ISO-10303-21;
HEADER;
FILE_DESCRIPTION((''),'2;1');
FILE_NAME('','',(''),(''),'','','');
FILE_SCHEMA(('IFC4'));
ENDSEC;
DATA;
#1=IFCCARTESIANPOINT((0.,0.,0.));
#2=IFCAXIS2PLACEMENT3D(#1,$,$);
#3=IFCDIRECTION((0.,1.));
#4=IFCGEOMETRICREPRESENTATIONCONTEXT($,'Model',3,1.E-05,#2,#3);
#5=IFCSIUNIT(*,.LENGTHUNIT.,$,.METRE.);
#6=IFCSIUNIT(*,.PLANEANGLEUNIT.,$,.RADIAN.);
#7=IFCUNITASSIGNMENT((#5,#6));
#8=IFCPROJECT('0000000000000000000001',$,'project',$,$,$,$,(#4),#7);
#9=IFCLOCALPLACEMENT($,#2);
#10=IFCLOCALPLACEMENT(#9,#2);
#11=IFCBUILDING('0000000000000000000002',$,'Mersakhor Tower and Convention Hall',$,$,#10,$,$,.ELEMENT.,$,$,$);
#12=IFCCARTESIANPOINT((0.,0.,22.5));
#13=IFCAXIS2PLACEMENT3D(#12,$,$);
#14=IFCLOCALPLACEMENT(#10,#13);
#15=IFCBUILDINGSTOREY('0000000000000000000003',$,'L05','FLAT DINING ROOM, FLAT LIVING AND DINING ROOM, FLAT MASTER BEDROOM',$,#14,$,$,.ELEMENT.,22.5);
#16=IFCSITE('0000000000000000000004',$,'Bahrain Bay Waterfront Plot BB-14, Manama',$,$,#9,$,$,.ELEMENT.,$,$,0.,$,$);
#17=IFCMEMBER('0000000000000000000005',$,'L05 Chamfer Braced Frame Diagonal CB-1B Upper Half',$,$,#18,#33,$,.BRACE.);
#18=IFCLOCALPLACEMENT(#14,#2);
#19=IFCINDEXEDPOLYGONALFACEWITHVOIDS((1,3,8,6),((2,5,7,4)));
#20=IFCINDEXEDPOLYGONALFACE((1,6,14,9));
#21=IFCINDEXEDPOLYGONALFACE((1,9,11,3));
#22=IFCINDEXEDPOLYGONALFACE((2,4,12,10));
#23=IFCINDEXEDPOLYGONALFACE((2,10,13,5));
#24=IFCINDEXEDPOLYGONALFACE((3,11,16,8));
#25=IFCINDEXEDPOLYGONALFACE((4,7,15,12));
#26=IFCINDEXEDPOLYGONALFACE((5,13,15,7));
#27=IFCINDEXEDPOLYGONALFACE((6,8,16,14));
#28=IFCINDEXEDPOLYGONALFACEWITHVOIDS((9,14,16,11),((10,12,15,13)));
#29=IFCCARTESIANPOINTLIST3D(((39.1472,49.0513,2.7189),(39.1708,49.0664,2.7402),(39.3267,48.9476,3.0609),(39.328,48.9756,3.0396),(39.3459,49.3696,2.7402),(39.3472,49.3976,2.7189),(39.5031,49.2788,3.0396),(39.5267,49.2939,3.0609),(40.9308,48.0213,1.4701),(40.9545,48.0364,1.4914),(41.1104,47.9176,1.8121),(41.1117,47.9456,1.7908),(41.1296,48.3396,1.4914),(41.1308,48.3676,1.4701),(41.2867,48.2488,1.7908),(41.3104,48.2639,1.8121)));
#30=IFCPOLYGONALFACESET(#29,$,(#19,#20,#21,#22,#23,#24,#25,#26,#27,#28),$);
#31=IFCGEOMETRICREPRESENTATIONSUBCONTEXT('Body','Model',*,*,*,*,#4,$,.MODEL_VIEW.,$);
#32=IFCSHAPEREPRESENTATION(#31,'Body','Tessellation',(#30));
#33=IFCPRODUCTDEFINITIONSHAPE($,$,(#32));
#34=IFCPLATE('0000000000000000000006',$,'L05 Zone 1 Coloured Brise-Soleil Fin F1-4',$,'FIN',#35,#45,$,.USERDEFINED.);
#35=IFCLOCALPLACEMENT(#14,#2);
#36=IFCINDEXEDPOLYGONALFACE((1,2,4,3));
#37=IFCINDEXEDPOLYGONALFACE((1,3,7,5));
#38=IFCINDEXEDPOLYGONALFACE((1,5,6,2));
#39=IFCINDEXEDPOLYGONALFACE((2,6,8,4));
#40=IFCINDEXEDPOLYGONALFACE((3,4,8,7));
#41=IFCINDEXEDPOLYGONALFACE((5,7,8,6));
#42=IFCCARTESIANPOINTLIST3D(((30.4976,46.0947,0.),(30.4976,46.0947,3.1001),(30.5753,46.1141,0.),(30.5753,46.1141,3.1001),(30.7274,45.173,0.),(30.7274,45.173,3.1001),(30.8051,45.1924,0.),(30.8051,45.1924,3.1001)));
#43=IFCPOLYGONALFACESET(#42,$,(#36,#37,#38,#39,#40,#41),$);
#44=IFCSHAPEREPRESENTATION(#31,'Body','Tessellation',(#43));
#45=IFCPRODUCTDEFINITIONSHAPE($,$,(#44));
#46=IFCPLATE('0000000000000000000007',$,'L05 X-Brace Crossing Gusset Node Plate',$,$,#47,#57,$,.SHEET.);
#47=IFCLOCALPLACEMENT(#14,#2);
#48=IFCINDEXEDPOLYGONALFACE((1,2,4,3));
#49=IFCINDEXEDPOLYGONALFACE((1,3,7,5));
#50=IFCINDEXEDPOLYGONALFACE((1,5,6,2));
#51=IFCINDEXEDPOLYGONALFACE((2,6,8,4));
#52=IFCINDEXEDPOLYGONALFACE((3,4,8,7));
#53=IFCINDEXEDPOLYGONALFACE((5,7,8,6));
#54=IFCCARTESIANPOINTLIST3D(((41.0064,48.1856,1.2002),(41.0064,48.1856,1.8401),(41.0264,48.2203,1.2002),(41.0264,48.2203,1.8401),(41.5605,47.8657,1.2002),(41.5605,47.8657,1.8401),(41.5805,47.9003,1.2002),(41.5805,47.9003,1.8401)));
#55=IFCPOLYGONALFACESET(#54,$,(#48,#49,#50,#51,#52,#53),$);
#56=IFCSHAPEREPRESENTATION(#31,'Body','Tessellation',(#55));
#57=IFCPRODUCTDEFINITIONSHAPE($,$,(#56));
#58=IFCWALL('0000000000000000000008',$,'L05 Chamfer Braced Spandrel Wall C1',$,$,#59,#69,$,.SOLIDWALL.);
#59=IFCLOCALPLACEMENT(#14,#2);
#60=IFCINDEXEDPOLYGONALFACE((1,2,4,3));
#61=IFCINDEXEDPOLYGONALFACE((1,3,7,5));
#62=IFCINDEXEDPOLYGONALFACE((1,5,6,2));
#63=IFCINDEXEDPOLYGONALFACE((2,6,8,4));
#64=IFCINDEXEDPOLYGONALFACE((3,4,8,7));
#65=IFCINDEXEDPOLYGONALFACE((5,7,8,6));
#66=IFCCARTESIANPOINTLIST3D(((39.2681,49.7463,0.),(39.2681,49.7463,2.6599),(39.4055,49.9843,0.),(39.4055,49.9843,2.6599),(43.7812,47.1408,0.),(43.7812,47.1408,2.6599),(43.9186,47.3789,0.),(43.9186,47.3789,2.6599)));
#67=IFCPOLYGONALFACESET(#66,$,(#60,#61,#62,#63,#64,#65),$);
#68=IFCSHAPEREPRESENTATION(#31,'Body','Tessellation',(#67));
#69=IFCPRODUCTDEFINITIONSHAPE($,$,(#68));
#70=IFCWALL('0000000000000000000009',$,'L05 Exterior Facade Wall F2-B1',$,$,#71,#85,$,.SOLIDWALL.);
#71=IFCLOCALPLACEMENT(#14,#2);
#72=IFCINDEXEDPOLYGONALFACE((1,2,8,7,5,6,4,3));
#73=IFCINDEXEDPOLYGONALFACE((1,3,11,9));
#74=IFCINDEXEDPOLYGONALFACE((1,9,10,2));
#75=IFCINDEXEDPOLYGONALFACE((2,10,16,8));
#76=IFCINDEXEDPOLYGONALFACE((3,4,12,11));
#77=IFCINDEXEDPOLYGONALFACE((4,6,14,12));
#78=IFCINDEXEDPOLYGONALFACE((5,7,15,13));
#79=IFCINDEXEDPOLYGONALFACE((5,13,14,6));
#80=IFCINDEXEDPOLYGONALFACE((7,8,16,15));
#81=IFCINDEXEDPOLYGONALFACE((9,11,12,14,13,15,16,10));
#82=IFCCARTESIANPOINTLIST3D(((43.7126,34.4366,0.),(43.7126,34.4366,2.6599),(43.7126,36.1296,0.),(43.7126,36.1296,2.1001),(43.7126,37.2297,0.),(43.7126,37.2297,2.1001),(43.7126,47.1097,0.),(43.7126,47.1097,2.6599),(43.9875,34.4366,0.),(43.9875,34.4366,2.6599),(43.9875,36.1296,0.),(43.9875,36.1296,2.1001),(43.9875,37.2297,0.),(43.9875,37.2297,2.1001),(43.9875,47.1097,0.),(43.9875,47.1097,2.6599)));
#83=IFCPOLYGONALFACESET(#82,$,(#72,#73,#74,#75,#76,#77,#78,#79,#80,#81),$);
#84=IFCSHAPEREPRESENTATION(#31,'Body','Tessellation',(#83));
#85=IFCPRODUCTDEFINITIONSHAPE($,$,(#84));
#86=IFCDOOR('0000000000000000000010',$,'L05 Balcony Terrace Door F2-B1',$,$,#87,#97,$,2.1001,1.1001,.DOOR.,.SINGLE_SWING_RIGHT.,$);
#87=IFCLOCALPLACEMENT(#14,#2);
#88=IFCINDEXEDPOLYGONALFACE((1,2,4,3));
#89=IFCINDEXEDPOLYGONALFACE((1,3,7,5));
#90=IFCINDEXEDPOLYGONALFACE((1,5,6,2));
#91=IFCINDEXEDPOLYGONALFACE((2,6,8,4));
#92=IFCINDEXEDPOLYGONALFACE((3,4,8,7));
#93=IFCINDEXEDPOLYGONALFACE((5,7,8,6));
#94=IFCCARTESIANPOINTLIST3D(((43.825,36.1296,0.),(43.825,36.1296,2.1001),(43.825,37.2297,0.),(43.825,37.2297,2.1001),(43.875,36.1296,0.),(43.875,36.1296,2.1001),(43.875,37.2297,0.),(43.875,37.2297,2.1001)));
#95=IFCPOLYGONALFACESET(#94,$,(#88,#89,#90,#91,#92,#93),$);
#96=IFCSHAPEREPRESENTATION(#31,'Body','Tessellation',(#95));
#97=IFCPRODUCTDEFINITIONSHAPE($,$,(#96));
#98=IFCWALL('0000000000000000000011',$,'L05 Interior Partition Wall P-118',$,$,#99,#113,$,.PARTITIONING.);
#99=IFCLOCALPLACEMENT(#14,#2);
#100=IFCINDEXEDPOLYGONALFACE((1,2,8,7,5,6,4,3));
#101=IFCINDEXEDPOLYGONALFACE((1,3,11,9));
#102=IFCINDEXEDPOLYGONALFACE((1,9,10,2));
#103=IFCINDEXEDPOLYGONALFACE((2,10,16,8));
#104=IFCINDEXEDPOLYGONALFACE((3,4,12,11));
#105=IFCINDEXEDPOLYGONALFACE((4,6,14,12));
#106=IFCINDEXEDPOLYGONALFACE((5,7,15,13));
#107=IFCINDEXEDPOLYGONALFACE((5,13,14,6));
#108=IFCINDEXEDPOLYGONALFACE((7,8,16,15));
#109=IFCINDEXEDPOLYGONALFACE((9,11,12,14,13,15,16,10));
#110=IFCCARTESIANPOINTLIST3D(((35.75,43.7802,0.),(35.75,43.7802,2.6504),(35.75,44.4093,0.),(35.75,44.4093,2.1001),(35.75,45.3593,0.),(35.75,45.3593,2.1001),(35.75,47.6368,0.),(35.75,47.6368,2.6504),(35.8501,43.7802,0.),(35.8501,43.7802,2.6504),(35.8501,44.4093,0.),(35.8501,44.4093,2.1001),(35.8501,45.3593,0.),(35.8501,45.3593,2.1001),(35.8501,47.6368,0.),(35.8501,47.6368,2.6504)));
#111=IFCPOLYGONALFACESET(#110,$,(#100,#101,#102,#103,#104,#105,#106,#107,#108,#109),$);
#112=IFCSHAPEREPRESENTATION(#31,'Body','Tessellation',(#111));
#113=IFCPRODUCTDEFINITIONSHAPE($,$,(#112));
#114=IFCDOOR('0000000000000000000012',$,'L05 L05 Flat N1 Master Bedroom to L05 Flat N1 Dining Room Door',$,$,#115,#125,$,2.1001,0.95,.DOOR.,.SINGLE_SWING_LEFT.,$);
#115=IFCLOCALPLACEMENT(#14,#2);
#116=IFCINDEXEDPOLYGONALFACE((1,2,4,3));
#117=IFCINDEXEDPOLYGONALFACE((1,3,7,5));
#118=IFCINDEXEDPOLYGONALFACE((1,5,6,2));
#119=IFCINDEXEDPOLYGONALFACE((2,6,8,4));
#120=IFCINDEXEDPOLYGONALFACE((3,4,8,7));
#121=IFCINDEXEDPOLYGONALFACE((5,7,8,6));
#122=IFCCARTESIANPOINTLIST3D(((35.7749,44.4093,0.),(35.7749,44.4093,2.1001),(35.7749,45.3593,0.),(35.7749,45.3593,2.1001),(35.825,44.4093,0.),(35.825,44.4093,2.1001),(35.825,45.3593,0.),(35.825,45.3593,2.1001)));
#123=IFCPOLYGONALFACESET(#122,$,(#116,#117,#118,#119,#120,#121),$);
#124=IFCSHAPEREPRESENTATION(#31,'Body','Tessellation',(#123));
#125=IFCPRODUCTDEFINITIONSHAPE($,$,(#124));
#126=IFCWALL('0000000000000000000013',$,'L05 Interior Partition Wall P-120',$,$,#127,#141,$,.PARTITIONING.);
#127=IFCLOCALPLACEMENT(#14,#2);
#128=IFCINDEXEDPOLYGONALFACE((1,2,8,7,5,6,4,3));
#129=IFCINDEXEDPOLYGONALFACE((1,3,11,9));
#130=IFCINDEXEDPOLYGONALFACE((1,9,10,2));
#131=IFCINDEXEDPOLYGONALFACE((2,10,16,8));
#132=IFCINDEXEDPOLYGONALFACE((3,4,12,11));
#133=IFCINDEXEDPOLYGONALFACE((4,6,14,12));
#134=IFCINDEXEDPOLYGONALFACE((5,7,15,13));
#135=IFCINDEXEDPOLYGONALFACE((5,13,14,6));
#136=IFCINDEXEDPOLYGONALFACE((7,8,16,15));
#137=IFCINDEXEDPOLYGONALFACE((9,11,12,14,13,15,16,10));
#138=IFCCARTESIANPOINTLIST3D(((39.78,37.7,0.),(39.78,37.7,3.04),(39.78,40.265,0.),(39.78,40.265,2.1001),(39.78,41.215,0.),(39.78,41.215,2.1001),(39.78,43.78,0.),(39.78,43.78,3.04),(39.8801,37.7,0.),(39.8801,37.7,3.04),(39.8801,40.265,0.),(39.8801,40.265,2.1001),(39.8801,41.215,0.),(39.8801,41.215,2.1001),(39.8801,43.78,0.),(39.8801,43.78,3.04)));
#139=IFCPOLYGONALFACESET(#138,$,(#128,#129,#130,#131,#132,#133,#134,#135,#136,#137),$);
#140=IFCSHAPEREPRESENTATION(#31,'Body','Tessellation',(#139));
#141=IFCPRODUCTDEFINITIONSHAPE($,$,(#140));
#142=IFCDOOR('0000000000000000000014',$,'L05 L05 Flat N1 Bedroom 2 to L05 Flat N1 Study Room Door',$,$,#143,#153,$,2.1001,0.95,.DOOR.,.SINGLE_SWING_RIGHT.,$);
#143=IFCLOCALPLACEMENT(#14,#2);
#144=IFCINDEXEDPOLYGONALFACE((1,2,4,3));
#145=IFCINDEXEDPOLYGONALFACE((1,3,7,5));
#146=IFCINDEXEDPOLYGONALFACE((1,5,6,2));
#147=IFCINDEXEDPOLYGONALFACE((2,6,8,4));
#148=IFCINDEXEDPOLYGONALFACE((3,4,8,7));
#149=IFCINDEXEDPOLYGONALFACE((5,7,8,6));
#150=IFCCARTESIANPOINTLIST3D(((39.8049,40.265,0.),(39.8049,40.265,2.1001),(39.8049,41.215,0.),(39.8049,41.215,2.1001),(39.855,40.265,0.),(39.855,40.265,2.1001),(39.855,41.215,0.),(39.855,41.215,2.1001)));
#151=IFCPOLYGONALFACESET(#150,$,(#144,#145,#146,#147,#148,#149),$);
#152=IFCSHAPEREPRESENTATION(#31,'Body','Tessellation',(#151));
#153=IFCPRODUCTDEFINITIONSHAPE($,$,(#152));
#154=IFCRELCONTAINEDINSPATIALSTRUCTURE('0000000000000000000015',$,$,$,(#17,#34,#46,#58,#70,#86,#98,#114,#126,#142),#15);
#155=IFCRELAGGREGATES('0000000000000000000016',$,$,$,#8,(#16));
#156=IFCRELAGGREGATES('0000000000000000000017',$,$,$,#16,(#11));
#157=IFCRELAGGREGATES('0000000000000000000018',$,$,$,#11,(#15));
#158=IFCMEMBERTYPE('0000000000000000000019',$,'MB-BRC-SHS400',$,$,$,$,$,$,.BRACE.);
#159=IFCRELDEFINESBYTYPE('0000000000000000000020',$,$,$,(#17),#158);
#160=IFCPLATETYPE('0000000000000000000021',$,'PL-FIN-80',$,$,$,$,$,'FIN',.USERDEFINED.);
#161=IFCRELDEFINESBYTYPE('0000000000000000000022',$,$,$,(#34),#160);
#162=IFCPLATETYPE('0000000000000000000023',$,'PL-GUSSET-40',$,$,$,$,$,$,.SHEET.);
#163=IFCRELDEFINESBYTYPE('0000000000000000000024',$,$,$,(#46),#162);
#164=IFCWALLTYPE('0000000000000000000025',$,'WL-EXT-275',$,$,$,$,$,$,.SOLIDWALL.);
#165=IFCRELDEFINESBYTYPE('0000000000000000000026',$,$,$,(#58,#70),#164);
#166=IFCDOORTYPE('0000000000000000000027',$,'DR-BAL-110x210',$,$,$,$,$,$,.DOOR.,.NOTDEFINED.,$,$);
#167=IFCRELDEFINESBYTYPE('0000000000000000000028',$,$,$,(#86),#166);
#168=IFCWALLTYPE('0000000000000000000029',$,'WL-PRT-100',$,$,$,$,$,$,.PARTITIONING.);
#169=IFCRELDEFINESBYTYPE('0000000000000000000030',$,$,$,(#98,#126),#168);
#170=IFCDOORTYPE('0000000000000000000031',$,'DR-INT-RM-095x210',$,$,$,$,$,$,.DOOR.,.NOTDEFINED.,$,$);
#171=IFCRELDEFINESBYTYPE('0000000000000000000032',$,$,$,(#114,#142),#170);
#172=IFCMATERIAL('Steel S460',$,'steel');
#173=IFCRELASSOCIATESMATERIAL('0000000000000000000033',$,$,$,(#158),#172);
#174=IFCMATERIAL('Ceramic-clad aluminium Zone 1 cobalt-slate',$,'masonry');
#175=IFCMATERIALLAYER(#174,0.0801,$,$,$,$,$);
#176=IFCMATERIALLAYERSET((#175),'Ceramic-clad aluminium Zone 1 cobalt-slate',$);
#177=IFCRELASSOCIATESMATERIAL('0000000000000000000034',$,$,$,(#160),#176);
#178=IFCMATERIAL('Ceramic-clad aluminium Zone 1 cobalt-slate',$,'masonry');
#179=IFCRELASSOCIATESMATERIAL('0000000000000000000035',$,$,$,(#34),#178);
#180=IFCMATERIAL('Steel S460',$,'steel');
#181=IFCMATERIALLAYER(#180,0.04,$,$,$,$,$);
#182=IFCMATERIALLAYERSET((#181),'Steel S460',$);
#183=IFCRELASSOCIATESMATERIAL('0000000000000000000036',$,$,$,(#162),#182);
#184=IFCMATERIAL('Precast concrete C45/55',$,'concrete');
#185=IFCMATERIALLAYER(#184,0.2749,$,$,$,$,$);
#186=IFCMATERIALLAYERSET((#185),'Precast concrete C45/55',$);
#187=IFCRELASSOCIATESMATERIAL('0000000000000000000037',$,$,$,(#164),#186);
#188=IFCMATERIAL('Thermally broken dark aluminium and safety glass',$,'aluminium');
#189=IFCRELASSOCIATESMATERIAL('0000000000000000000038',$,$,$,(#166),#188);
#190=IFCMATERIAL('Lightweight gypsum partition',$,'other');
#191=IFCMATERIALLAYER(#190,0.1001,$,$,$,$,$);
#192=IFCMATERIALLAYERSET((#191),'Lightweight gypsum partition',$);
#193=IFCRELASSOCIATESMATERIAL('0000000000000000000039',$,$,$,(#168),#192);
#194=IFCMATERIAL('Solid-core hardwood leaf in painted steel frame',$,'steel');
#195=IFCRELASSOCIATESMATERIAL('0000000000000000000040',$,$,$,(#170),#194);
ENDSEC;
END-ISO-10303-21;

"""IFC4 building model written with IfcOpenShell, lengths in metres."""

from ifc_helpers import new_model, si_unit, direction, frame, frame_2d, origin, origin_2d, place, context, subcontext, project, spatial, rectangle, hollow_rectangle, extrude, material, layer, layer_set, material_profile, profile_set, type_object, element, fill, save


model = new_model("IFC4")

# Units and contexts
model_context = context("Model", 3, precision=1e-05, world=origin(), true_north=direction((0.0, 1.0)))
body_context = subcontext(model_context, "Body", "Model", "MODEL_VIEW")
ifc_project = project(units=[si_unit("LENGTHUNIT", "METRE"), si_unit("PLANEANGLEUNIT", "RADIAN")], contexts=[model_context])

# Site, building, storey
site_placement = place(None, origin())
site = spatial("IfcSite", under=ifc_project, at=site_placement, Name="Bahrain Bay Waterfront Plot BB-14, Manama", CompositionType="ELEMENT", RefElevation=0.0)
building_placement = place(site_placement, origin())
building = spatial("IfcBuilding", under=site, at=building_placement, Name="Mersakhor Tower and Convention Hall", CompositionType="ELEMENT")
storey_placement = place(building_placement, frame((0.0, 0.0, 22.5)))
storey = spatial("IfcBuildingStorey", under=building, at=storey_placement, Name="L05", Description="FLAT DINING ROOM, FLAT LIVING AND DINING ROOM, FLAT MASTER BEDROOM", CompositionType="ELEMENT", Elevation=22.5)

# Member
ifc_material_1 = material(Name="Steel S460", Category="steel")
ifc_material_profile_1 = material_profile(ifc_material_1, hollow_rectangle(XDim=0.3999, YDim=0.3999, WallThickness=0.0249, at=origin_2d()), Name="SHS 400x400x25")
ifc_profile_set_1 = profile_set([ifc_material_profile_1], Name="Steel S460")
member_type = type_object("IfcMemberType", Name="MB-BRC-SHS400", PredefinedType="BRACE", material=ifc_profile_set_1)
for number, where, z_axis, x_axis, name in (
    (1, (41.1206, 48.1426, 1.6411), (-0.740512, 0.427624, 0.51844), (-0.500078, -0.86598, 0.0), "L05 Chamfer Braced Frame Diagonal CB-1B Upper Half"),
):
    element("IfcMember", number, at=place(storey_placement, frame(where, z_axis=z_axis, x_axis=x_axis)), inside=storey, type_object=member_type, Name=name, PredefinedType="BRACE", context=body_context, shape_type="SweptSolid", body=[
        extrude(hollow_rectangle(XDim=0.3999, YDim=0.3999, WallThickness=0.0249, at=origin_2d()), origin(), (0.0, 0.0, 1.0), 2.4087),
    ])

# Plates
ifc_material_2 = material(Name="Ceramic-clad aluminium Zone 1 cobalt-slate", Category="masonry")
ifc_material_3 = material(Name="Ceramic-clad aluminium Zone 1 cobalt-slate", Category="masonry")
ifc_layer_1 = layer(ifc_material_3, 0.0801)
ifc_layer_set_1 = layer_set([ifc_layer_1], Name="Ceramic-clad aluminium Zone 1 cobalt-slate")
plate_type_1 = type_object("IfcPlateType", Name="PL-FIN-80", ElementType="FIN", PredefinedType="USERDEFINED", material=ifc_layer_set_1)
plate_1_placement = place(storey_placement, frame((30.6514, 45.6436, 0.0), z_axis=(0.0, 0.0, 1.0), x_axis=(-0.241922, 0.970296, 0.0)))
element("IfcPlate", 2, at=plate_1_placement, inside=storey, type_object=plate_type_1, material=ifc_material_2, Name="L05 Zone 1 Coloured Brise-Soleil Fin F1-4", ObjectType="FIN", PredefinedType="USERDEFINED", context=body_context, shape_type="SweptSolid", body=[
    extrude(rectangle(XDim=0.95, YDim=0.0801, at=origin_2d()), origin(), (0.0, 0.0, 1.0), 3.1001),
])
ifc_material_4 = material(Name="Steel S460", Category="steel")
ifc_layer_2 = layer(ifc_material_4, 0.04)
ifc_layer_set_2 = layer_set([ifc_layer_2], Name="Steel S460")
plate_type_2 = type_object("IfcPlateType", Name="PL-GUSSET-40", PredefinedType="SHEET", material=ifc_layer_set_2)
plate_2_placement = place(storey_placement, frame((41.2935, 48.043, 1.2002), z_axis=(0.0, 0.0, 1.0), x_axis=(-0.866025, 0.5, 0.0)))
element("IfcPlate", 3, at=plate_2_placement, inside=storey, type_object=plate_type_2, Name="L05 X-Brace Crossing Gusset Node Plate", PredefinedType="SHEET", context=body_context, shape_type="SweptSolid", body=[
    extrude(rectangle(XDim=0.6399, YDim=0.04, at=origin_2d()), origin(), (0.0, 0.0, 1.0), 0.6399),
])

# Wall
ifc_material_5 = material(Name="Precast concrete C45/55", Category="concrete")
ifc_layer_3 = layer(ifc_material_5, 0.2749)
ifc_layer_set_3 = layer_set([ifc_layer_3], Name="Precast concrete C45/55")
wall_type_1 = type_object("IfcWallType", Name="WL-EXT-275", PredefinedType="SOLIDWALL", material=ifc_layer_set_3)
wall_1_placement = place(storey_placement, frame((39.3369, 49.8652, 0.0), z_axis=(0.0, 0.0, 1.0), x_axis=(0.866044, -0.499968, 0.0)))
element("IfcWall", 4, at=wall_1_placement, inside=storey, type_object=wall_type_1, Name="L05 Chamfer Braced Spandrel Wall C1", PredefinedType="SOLIDWALL", context=body_context, shape_type="SweptSolid", body=[
    extrude(rectangle(XDim=5.2112, YDim=0.2749, at=frame_2d((2.6055, 0.0))), origin(), (0.0, 0.0, 1.0), 2.6599),
])

# Walls, openings, doors
wall_2_placement = place(storey_placement, frame((43.8501, 47.1096, 0.0), z_axis=(0.0, 0.0, 1.0), x_axis=(0.0, -1.0, 0.0)))
wall_2 = element("IfcWall", 5, at=wall_2_placement, inside=storey, type_object=wall_type_1, Name="L05 Exterior Facade Wall F2-B1", PredefinedType="SOLIDWALL", context=body_context, shape_type="SweptSolid", body=[
    extrude(rectangle(XDim=12.6731, YDim=0.2749, at=frame_2d((6.3364, 0.0))), origin(), (0.0, 0.0, 1.0), 2.6599),
])
opening_1_placement = place(wall_2_placement, frame((9.8799, 0.0, 0.0)))
opening_1 = element("IfcOpeningElement", 6, at=opening_1_placement, cuts=wall_2, PredefinedType="OPENING", context=body_context, shape_type="SweptSolid", body=[
    extrude(rectangle(XDim=1.1001, YDim=2.1001, at=frame_2d((0.55, 1.05))), frame((0.0, 0.1475, 0.0), z_axis=(0.0, -1.0, 0.0), x_axis=(1.0, 0.0, 0.0)), (0.0, 0.0, 1.0), 0.2949),
])
ifc_material_6 = material(Name="Thermally broken dark aluminium and safety glass", Category="aluminium")
door_type_1 = type_object("IfcDoorType", Name="DR-BAL-110x210", OperationType="NOTDEFINED", PredefinedType="DOOR", material=ifc_material_6)
door_1_placement = place(opening_1_placement, origin())
door_1 = element("IfcDoor", 7, at=door_1_placement, inside=storey, type_object=door_type_1, Name="L05 Balcony Terrace Door F2-B1", OperationType="SINGLE_SWING_RIGHT", OverallHeight=2.1001, OverallWidth=1.1001, PredefinedType="DOOR", context=body_context, shape_type="SweptSolid", body=[
    extrude(rectangle(XDim=1.1001, YDim=2.1001, at=frame_2d((0.55, 1.05))), frame((0.0, 0.0249, 0.0), z_axis=(0.0, -1.0, 0.0), x_axis=(1.0, 0.0, 0.0)), (0.0, 0.0, 1.0), 0.05),
])
fill(opening_1, door_1)
ifc_material_7 = material(Name="Lightweight gypsum partition", Category="other")
ifc_layer_4 = layer(ifc_material_7, 0.1001)
ifc_layer_set_4 = layer_set([ifc_layer_4], Name="Lightweight gypsum partition")
wall_type_2 = type_object("IfcWallType", Name="WL-PRT-100", PredefinedType="PARTITIONING", material=ifc_layer_set_4)
wall_3_placement = place(storey_placement, frame((35.8, 47.6367, 0.0), z_axis=(0.0, 0.0, 1.0), x_axis=(0.0, -1.0, 0.0)))
wall_3 = element("IfcWall", 8, at=wall_3_placement, inside=storey, type_object=wall_type_2, Name="L05 Interior Partition Wall P-118", PredefinedType="PARTITIONING", context=body_context, shape_type="SweptSolid", body=[
    extrude(rectangle(XDim=3.8567, YDim=0.1001, at=frame_2d((1.9282, 0.0))), origin(), (0.0, 0.0, 1.0), 2.6504),
])
opening_2_placement = place(wall_3_placement, frame((2.2773, 0.0, 0.0)))
opening_2 = element("IfcOpeningElement", 9, at=opening_2_placement, cuts=wall_3, PredefinedType="OPENING", context=body_context, shape_type="SweptSolid", body=[
    extrude(rectangle(XDim=0.95, YDim=2.1001, at=frame_2d((0.4751, 1.05))), frame((0.0, 0.0601, 0.0), z_axis=(0.0, -1.0, 0.0), x_axis=(1.0, 0.0, 0.0)), (0.0, 0.0, 1.0), 0.1201),
])
ifc_material_8 = material(Name="Solid-core hardwood leaf in painted steel frame", Category="steel")
door_type_2 = type_object("IfcDoorType", Name="DR-INT-RM-095x210", OperationType="NOTDEFINED", PredefinedType="DOOR", material=ifc_material_8)
door_2_placement = place(opening_2_placement, origin())
door_2 = element("IfcDoor", 10, at=door_2_placement, inside=storey, type_object=door_type_2, Name="L05 L05 Flat N1 Master Bedroom to L05 Flat N1 Dining Room Door", OperationType="SINGLE_SWING_LEFT", OverallHeight=2.1001, OverallWidth=0.95, PredefinedType="DOOR", context=body_context, shape_type="SweptSolid", body=[
    extrude(rectangle(XDim=0.95, YDim=2.1001, at=frame_2d((0.4751, 1.05))), frame((0.0, 0.0249, 0.0), z_axis=(0.0, -1.0, 0.0), x_axis=(1.0, 0.0, 0.0)), (0.0, 0.0, 1.0), 0.05),
])
fill(opening_2, door_2)
wall_4_placement = place(storey_placement, frame((39.8301, 43.78, 0.0), z_axis=(0.0, 0.0, 1.0), x_axis=(0.0, -1.0, 0.0)))
wall_4 = element("IfcWall", 11, at=wall_4_placement, inside=storey, type_object=wall_type_2, Name="L05 Interior Partition Wall P-120", PredefinedType="PARTITIONING", context=body_context, shape_type="SweptSolid", body=[
    extrude(rectangle(XDim=6.0801, YDim=0.1001, at=frame_2d((3.04, 0.0))), origin(), (0.0, 0.0, 1.0), 3.04),
])
opening_3_placement = place(wall_4_placement, frame((2.5649, 0.0, 0.0)))
opening_3 = element("IfcOpeningElement", 12, at=opening_3_placement, cuts=wall_4, PredefinedType="OPENING", context=body_context, shape_type="SweptSolid", body=[
    extrude(rectangle(XDim=0.95, YDim=2.1001, at=frame_2d((0.4751, 1.05))), frame((0.0, 0.0601, 0.0), z_axis=(0.0, -1.0, 0.0), x_axis=(1.0, 0.0, 0.0)), (0.0, 0.0, 1.0), 0.1201),
])
door_3_placement = place(opening_3_placement, origin())
door_3 = element("IfcDoor", 13, at=door_3_placement, inside=storey, type_object=door_type_2, Name="L05 L05 Flat N1 Bedroom 2 to L05 Flat N1 Study Room Door", OperationType="SINGLE_SWING_RIGHT", OverallHeight=2.1001, OverallWidth=0.95, PredefinedType="DOOR", context=body_context, shape_type="SweptSolid", body=[
    extrude(rectangle(XDim=0.95, YDim=2.1001, at=frame_2d((0.4751, 1.05))), frame((0.0, 0.0249, 0.0), z_axis=(0.0, -1.0, 0.0), x_axis=(1.0, 0.0, 0.0)), (0.0, 0.0, 1.0), 0.05),
])
fill(opening_3, door_3)

save(model, "model.ifc")
